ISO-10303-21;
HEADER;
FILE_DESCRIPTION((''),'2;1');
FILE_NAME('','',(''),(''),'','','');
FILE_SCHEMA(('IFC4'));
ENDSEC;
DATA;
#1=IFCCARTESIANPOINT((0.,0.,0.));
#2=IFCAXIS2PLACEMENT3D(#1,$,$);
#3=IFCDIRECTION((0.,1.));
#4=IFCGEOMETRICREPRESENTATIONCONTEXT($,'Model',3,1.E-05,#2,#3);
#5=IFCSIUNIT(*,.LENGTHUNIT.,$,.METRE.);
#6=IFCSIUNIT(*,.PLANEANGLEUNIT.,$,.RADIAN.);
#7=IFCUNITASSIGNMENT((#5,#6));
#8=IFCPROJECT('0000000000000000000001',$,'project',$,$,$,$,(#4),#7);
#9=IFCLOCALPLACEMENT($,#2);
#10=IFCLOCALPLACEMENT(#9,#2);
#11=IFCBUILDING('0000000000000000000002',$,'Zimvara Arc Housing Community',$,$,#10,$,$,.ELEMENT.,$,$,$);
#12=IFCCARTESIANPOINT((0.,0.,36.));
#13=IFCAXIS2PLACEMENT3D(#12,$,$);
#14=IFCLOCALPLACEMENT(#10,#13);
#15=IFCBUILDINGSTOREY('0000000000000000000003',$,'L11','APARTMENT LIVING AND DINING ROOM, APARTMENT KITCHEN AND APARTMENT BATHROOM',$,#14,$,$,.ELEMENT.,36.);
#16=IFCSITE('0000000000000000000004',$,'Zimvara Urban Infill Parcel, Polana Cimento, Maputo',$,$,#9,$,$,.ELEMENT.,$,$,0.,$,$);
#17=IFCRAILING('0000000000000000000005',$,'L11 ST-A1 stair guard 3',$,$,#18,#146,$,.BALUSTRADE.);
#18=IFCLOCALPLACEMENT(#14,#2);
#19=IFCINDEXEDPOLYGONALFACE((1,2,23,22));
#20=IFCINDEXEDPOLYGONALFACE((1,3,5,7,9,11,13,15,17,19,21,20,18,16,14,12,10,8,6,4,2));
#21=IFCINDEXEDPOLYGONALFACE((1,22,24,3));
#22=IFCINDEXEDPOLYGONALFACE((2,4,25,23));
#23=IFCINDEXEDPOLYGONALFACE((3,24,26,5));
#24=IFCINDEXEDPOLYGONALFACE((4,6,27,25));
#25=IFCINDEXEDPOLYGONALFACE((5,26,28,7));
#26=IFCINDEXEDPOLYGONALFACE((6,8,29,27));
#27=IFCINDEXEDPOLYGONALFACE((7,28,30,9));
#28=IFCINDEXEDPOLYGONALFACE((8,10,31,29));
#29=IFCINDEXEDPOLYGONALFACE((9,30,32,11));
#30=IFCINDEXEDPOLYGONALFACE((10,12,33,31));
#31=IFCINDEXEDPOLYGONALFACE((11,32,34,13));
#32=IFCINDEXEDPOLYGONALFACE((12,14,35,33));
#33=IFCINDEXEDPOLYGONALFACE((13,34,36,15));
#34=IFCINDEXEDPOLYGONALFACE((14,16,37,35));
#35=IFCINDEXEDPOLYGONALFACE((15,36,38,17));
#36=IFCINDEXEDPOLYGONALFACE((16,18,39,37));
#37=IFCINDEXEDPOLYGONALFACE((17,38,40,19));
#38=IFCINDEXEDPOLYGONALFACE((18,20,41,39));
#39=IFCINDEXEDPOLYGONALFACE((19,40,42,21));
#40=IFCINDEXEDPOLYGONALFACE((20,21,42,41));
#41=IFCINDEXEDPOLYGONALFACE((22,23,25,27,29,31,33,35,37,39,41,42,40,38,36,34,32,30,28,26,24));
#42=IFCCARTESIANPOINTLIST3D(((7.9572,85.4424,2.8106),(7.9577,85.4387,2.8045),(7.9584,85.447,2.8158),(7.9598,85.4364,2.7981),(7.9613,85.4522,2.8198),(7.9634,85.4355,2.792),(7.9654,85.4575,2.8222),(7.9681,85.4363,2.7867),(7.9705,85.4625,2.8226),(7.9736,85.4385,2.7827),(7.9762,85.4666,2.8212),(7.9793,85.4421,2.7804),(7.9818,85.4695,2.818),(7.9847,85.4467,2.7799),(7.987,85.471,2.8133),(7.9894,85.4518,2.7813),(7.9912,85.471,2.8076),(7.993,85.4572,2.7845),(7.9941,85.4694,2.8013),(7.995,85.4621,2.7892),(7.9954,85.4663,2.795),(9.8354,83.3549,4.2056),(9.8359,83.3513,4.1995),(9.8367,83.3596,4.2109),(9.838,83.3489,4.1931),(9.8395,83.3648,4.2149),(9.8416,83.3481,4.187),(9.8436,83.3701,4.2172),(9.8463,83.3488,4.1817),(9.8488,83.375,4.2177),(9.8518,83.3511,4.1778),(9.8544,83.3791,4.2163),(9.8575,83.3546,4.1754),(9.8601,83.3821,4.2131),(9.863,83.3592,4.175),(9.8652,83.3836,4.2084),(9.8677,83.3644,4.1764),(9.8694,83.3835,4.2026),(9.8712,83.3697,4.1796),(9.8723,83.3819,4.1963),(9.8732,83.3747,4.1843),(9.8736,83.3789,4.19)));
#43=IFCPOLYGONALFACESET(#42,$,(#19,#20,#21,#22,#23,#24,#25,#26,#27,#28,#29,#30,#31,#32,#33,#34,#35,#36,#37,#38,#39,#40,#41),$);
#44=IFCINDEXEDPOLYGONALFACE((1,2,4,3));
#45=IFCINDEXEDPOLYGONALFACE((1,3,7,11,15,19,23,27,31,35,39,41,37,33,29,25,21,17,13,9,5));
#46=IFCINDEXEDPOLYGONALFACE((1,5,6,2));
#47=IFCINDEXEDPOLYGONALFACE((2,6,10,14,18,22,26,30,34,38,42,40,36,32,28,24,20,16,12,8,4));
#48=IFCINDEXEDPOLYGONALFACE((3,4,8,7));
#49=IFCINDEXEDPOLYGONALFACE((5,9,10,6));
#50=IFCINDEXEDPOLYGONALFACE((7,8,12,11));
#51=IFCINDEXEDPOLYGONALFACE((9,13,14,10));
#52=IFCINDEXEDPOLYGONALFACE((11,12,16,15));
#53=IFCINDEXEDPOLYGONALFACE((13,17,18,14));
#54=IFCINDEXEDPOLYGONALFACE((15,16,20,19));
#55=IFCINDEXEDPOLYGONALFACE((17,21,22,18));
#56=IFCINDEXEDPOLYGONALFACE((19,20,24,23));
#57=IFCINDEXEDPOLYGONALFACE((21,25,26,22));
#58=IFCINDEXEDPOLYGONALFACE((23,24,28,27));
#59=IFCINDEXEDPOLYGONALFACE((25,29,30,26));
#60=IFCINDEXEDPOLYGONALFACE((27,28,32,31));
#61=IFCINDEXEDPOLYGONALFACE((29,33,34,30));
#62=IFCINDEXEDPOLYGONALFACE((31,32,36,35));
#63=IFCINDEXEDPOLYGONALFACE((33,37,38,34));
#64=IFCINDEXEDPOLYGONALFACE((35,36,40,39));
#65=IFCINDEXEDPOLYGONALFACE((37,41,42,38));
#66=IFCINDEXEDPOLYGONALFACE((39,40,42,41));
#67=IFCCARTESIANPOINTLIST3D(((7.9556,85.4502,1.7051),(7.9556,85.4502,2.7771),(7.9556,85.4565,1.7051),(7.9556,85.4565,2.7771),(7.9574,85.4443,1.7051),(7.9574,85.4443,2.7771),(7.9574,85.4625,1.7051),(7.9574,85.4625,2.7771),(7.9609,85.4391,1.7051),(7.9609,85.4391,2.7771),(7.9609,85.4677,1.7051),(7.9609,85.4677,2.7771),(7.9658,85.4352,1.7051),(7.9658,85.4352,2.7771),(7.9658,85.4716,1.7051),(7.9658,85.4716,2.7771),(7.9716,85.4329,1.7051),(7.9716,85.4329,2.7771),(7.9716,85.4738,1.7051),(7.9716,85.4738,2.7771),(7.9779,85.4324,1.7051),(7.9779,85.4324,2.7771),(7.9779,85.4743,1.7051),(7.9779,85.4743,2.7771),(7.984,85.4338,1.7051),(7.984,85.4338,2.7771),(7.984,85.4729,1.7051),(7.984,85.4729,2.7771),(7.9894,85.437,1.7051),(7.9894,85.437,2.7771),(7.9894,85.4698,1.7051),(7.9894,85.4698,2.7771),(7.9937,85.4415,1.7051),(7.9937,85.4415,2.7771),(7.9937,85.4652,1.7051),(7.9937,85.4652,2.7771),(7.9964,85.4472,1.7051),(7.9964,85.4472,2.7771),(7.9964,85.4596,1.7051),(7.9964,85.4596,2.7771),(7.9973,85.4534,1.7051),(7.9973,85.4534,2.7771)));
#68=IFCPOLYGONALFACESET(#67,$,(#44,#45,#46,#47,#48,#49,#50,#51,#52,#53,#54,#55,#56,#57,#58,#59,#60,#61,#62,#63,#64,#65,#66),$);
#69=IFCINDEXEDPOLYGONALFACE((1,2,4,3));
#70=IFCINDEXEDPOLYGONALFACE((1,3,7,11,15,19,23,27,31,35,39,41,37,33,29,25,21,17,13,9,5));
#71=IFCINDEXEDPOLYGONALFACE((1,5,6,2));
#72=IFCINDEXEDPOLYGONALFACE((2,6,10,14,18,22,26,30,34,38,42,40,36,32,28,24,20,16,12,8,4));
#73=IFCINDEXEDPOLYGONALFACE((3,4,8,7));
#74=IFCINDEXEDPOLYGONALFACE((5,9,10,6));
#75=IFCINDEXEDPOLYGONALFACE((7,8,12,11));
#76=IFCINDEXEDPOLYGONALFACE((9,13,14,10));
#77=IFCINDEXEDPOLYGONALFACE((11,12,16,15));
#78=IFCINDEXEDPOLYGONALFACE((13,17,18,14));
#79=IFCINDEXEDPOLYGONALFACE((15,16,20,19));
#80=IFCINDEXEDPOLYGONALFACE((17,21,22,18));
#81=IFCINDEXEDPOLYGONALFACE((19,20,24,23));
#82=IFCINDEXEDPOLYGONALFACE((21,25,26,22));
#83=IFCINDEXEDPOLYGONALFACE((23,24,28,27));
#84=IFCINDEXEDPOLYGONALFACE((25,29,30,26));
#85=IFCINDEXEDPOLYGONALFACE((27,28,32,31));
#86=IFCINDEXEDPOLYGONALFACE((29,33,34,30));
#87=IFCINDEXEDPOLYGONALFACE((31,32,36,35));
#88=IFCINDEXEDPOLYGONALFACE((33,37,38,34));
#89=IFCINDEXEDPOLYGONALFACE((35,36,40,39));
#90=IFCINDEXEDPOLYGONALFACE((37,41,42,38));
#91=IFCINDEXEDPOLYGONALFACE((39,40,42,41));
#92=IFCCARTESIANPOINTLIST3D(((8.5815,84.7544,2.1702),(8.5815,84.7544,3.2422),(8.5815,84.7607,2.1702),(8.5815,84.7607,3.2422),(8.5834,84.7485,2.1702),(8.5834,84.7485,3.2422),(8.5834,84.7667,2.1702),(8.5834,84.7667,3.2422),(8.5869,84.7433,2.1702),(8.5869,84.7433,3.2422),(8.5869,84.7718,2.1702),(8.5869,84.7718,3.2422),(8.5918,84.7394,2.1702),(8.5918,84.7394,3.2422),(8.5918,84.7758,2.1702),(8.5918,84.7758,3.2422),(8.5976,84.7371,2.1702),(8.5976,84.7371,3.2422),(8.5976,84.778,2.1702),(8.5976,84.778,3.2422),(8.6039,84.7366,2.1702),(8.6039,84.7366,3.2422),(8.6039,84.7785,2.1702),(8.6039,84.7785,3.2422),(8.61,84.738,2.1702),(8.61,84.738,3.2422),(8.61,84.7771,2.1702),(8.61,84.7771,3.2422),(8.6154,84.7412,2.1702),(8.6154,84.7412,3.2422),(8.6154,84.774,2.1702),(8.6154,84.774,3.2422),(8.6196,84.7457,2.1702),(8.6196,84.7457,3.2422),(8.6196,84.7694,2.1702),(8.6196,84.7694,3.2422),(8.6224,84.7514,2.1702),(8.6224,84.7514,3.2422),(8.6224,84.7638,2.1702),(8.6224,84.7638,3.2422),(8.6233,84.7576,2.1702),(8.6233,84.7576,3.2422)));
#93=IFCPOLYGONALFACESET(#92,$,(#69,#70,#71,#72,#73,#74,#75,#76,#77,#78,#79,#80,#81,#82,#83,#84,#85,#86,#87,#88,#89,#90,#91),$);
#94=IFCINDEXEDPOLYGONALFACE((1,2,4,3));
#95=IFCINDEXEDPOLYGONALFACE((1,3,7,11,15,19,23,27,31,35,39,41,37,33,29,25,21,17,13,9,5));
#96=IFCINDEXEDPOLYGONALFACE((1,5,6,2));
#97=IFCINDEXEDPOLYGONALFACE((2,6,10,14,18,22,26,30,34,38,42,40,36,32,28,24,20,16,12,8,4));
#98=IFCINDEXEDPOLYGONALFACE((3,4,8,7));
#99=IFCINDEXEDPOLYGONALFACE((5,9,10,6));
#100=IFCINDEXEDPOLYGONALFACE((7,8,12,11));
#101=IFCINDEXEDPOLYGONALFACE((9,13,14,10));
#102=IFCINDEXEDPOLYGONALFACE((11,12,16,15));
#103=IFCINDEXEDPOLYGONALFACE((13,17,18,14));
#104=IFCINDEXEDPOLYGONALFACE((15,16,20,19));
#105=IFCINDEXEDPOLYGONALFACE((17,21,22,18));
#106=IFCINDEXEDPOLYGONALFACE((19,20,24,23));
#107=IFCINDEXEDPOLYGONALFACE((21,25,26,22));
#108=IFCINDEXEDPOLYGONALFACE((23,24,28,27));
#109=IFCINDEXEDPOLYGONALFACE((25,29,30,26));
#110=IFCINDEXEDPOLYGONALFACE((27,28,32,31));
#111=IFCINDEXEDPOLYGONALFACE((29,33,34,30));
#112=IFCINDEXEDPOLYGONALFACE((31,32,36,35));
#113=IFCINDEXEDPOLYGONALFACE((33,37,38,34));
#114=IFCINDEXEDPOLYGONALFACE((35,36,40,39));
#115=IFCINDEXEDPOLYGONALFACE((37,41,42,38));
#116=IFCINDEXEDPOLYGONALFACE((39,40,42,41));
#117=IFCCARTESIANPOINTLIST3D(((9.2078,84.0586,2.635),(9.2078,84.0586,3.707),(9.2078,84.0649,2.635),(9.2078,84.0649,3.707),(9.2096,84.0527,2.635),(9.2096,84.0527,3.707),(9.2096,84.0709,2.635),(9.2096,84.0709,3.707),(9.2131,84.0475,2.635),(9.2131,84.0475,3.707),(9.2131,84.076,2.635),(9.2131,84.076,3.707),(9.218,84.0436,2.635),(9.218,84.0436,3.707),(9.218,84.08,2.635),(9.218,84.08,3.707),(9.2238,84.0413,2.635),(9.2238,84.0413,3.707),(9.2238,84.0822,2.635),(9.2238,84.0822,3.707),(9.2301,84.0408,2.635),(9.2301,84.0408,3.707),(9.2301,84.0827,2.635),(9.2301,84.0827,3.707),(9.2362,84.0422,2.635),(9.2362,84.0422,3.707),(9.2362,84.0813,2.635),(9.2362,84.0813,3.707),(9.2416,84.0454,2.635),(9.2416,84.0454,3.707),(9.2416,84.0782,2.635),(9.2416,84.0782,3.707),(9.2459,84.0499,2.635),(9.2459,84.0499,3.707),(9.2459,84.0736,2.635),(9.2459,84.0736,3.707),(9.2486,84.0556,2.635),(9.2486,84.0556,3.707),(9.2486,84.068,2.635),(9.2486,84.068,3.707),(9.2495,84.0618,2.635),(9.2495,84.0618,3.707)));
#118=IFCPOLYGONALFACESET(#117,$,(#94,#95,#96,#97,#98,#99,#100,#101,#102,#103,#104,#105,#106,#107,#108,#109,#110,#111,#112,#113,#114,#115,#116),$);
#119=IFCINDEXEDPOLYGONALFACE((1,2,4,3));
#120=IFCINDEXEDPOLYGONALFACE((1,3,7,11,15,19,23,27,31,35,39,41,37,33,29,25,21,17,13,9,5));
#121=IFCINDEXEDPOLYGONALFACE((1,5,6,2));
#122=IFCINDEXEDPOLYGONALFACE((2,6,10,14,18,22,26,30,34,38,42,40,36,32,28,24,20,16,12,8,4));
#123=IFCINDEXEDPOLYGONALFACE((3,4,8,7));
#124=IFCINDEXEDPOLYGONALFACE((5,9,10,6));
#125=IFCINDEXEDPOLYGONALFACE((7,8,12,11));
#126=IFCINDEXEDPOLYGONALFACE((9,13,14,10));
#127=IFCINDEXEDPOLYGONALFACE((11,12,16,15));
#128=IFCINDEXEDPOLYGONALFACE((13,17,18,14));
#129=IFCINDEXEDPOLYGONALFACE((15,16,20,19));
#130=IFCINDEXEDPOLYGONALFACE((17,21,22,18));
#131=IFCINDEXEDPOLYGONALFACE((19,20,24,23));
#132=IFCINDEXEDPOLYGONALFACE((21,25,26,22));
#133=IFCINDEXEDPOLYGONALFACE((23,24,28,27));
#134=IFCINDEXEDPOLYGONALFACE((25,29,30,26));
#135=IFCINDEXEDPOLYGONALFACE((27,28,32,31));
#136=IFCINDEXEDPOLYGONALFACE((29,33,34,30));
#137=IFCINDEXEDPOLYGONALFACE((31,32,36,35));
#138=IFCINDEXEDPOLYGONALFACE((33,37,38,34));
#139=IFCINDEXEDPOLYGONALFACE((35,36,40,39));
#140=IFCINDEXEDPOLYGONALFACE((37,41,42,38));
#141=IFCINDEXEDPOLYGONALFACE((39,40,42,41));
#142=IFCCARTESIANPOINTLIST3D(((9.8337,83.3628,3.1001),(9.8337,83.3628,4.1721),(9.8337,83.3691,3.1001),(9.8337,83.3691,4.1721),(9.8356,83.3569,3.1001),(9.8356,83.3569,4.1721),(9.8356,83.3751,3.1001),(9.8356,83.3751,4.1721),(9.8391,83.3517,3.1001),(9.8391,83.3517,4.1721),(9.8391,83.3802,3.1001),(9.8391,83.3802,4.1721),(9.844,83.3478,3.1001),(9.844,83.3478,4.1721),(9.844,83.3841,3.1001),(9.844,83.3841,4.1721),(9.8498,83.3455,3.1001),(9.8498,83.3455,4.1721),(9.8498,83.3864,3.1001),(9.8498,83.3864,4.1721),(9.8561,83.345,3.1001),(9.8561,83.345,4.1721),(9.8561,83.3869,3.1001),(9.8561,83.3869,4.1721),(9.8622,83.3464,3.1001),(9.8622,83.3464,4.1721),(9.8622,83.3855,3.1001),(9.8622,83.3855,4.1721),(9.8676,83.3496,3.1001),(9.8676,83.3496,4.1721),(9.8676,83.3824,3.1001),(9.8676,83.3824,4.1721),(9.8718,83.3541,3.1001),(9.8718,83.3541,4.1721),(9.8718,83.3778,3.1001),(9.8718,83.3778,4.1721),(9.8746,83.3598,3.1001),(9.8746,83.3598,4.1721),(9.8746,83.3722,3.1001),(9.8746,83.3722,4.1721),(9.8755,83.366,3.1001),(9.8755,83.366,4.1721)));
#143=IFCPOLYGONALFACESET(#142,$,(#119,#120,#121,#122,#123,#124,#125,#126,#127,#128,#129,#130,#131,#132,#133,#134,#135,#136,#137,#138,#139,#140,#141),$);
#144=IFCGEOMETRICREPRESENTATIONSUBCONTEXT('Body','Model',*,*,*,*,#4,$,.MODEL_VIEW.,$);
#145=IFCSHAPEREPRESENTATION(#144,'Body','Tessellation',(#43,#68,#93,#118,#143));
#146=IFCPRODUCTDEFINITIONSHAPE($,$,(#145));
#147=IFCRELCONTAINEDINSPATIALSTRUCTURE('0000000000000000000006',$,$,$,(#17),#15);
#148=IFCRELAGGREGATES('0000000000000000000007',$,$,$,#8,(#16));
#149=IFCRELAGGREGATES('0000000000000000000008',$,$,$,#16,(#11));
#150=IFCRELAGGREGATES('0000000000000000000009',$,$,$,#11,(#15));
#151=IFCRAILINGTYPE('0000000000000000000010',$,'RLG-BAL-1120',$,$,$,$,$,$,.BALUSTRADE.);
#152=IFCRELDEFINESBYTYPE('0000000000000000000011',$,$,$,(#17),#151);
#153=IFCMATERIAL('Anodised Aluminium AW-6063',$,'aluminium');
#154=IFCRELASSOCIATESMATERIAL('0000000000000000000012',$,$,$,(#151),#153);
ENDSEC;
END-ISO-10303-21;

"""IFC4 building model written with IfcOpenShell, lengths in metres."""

from ifc_helpers import new_model, si_unit, direction, frame, origin, origin_2d, place, context, subcontext, project, spatial, circle, extrude, material, type_object, element, save


model = new_model("IFC4")

# Units and contexts
model_context = context("Model", 3, precision=1e-05, world=origin(), true_north=direction((0.0, 1.0)))
body_context = subcontext(model_context, "Body", "Model", "MODEL_VIEW")
ifc_project = project(units=[si_unit("LENGTHUNIT", "METRE"), si_unit("PLANEANGLEUNIT", "RADIAN")], contexts=[model_context])

# Site, building, storey
site_placement = place(None, origin())
site = spatial("IfcSite", under=ifc_project, at=site_placement, Name="Zimvara Urban Infill Parcel, Polana Cimento, Maputo", CompositionType="ELEMENT", RefElevation=0.0)
building_placement = place(site_placement, origin())
building = spatial("IfcBuilding", under=site, at=building_placement, Name="Zimvara Arc Housing Community", CompositionType="ELEMENT")
storey_placement = place(building_placement, frame((0.0, 0.0, 36.0)))
storey = spatial("IfcBuildingStorey", under=building, at=storey_placement, Name="L11", Description="APARTMENT LIVING AND DINING ROOM, APARTMENT KITCHEN AND APARTMENT BATHROOM", CompositionType="ELEMENT", Elevation=36.0)

# Railing
ifc_material_1 = material(Name="Anodised Aluminium AW-6063", Category="aluminium")
railing_type_1 = type_object("IfcRailingType", Name="RLG-BAL-1120", PredefinedType="BALUSTRADE", material=ifc_material_1)
railing_1_placement = place(storey_placement, frame((7.9763, 85.4534, 1.7051)))
element("IfcRailing", 1, at=railing_1_placement, inside=storey, type_object=railing_type_1, Name="L11 ST-A1 stair guard 3", PredefinedType="BALUSTRADE", context=body_context, shape_type="SweptSolid", body=[
    extrude(circle(Radius=0.0239, at=origin_2d()), frame((0.0, 0.0, 1.0962), z_axis=(0.599018, -0.665749, 0.444923), x_axis=(0.743381, 0.668869, 0.0)), (0.0, 0.0, 1.0), 3.1355),
    extrude(circle(Radius=0.021, at=origin_2d()), origin(), (0.0, 0.0, 1.0), 1.072),
    extrude(circle(Radius=0.021, at=origin_2d()), frame((0.626, -0.6958, 0.4651)), (0.0, 0.0, 1.0), 1.072),
    extrude(circle(Radius=0.021, at=origin_2d()), frame((1.2522, -1.3916, 0.9299)), (0.0, 0.0, 1.0), 1.072),
    extrude(circle(Radius=0.021, at=origin_2d()), frame((1.8782, -2.0874, 1.395)), (0.0, 0.0, 1.0), 1.072),
])

save(model, "model.ifc")
